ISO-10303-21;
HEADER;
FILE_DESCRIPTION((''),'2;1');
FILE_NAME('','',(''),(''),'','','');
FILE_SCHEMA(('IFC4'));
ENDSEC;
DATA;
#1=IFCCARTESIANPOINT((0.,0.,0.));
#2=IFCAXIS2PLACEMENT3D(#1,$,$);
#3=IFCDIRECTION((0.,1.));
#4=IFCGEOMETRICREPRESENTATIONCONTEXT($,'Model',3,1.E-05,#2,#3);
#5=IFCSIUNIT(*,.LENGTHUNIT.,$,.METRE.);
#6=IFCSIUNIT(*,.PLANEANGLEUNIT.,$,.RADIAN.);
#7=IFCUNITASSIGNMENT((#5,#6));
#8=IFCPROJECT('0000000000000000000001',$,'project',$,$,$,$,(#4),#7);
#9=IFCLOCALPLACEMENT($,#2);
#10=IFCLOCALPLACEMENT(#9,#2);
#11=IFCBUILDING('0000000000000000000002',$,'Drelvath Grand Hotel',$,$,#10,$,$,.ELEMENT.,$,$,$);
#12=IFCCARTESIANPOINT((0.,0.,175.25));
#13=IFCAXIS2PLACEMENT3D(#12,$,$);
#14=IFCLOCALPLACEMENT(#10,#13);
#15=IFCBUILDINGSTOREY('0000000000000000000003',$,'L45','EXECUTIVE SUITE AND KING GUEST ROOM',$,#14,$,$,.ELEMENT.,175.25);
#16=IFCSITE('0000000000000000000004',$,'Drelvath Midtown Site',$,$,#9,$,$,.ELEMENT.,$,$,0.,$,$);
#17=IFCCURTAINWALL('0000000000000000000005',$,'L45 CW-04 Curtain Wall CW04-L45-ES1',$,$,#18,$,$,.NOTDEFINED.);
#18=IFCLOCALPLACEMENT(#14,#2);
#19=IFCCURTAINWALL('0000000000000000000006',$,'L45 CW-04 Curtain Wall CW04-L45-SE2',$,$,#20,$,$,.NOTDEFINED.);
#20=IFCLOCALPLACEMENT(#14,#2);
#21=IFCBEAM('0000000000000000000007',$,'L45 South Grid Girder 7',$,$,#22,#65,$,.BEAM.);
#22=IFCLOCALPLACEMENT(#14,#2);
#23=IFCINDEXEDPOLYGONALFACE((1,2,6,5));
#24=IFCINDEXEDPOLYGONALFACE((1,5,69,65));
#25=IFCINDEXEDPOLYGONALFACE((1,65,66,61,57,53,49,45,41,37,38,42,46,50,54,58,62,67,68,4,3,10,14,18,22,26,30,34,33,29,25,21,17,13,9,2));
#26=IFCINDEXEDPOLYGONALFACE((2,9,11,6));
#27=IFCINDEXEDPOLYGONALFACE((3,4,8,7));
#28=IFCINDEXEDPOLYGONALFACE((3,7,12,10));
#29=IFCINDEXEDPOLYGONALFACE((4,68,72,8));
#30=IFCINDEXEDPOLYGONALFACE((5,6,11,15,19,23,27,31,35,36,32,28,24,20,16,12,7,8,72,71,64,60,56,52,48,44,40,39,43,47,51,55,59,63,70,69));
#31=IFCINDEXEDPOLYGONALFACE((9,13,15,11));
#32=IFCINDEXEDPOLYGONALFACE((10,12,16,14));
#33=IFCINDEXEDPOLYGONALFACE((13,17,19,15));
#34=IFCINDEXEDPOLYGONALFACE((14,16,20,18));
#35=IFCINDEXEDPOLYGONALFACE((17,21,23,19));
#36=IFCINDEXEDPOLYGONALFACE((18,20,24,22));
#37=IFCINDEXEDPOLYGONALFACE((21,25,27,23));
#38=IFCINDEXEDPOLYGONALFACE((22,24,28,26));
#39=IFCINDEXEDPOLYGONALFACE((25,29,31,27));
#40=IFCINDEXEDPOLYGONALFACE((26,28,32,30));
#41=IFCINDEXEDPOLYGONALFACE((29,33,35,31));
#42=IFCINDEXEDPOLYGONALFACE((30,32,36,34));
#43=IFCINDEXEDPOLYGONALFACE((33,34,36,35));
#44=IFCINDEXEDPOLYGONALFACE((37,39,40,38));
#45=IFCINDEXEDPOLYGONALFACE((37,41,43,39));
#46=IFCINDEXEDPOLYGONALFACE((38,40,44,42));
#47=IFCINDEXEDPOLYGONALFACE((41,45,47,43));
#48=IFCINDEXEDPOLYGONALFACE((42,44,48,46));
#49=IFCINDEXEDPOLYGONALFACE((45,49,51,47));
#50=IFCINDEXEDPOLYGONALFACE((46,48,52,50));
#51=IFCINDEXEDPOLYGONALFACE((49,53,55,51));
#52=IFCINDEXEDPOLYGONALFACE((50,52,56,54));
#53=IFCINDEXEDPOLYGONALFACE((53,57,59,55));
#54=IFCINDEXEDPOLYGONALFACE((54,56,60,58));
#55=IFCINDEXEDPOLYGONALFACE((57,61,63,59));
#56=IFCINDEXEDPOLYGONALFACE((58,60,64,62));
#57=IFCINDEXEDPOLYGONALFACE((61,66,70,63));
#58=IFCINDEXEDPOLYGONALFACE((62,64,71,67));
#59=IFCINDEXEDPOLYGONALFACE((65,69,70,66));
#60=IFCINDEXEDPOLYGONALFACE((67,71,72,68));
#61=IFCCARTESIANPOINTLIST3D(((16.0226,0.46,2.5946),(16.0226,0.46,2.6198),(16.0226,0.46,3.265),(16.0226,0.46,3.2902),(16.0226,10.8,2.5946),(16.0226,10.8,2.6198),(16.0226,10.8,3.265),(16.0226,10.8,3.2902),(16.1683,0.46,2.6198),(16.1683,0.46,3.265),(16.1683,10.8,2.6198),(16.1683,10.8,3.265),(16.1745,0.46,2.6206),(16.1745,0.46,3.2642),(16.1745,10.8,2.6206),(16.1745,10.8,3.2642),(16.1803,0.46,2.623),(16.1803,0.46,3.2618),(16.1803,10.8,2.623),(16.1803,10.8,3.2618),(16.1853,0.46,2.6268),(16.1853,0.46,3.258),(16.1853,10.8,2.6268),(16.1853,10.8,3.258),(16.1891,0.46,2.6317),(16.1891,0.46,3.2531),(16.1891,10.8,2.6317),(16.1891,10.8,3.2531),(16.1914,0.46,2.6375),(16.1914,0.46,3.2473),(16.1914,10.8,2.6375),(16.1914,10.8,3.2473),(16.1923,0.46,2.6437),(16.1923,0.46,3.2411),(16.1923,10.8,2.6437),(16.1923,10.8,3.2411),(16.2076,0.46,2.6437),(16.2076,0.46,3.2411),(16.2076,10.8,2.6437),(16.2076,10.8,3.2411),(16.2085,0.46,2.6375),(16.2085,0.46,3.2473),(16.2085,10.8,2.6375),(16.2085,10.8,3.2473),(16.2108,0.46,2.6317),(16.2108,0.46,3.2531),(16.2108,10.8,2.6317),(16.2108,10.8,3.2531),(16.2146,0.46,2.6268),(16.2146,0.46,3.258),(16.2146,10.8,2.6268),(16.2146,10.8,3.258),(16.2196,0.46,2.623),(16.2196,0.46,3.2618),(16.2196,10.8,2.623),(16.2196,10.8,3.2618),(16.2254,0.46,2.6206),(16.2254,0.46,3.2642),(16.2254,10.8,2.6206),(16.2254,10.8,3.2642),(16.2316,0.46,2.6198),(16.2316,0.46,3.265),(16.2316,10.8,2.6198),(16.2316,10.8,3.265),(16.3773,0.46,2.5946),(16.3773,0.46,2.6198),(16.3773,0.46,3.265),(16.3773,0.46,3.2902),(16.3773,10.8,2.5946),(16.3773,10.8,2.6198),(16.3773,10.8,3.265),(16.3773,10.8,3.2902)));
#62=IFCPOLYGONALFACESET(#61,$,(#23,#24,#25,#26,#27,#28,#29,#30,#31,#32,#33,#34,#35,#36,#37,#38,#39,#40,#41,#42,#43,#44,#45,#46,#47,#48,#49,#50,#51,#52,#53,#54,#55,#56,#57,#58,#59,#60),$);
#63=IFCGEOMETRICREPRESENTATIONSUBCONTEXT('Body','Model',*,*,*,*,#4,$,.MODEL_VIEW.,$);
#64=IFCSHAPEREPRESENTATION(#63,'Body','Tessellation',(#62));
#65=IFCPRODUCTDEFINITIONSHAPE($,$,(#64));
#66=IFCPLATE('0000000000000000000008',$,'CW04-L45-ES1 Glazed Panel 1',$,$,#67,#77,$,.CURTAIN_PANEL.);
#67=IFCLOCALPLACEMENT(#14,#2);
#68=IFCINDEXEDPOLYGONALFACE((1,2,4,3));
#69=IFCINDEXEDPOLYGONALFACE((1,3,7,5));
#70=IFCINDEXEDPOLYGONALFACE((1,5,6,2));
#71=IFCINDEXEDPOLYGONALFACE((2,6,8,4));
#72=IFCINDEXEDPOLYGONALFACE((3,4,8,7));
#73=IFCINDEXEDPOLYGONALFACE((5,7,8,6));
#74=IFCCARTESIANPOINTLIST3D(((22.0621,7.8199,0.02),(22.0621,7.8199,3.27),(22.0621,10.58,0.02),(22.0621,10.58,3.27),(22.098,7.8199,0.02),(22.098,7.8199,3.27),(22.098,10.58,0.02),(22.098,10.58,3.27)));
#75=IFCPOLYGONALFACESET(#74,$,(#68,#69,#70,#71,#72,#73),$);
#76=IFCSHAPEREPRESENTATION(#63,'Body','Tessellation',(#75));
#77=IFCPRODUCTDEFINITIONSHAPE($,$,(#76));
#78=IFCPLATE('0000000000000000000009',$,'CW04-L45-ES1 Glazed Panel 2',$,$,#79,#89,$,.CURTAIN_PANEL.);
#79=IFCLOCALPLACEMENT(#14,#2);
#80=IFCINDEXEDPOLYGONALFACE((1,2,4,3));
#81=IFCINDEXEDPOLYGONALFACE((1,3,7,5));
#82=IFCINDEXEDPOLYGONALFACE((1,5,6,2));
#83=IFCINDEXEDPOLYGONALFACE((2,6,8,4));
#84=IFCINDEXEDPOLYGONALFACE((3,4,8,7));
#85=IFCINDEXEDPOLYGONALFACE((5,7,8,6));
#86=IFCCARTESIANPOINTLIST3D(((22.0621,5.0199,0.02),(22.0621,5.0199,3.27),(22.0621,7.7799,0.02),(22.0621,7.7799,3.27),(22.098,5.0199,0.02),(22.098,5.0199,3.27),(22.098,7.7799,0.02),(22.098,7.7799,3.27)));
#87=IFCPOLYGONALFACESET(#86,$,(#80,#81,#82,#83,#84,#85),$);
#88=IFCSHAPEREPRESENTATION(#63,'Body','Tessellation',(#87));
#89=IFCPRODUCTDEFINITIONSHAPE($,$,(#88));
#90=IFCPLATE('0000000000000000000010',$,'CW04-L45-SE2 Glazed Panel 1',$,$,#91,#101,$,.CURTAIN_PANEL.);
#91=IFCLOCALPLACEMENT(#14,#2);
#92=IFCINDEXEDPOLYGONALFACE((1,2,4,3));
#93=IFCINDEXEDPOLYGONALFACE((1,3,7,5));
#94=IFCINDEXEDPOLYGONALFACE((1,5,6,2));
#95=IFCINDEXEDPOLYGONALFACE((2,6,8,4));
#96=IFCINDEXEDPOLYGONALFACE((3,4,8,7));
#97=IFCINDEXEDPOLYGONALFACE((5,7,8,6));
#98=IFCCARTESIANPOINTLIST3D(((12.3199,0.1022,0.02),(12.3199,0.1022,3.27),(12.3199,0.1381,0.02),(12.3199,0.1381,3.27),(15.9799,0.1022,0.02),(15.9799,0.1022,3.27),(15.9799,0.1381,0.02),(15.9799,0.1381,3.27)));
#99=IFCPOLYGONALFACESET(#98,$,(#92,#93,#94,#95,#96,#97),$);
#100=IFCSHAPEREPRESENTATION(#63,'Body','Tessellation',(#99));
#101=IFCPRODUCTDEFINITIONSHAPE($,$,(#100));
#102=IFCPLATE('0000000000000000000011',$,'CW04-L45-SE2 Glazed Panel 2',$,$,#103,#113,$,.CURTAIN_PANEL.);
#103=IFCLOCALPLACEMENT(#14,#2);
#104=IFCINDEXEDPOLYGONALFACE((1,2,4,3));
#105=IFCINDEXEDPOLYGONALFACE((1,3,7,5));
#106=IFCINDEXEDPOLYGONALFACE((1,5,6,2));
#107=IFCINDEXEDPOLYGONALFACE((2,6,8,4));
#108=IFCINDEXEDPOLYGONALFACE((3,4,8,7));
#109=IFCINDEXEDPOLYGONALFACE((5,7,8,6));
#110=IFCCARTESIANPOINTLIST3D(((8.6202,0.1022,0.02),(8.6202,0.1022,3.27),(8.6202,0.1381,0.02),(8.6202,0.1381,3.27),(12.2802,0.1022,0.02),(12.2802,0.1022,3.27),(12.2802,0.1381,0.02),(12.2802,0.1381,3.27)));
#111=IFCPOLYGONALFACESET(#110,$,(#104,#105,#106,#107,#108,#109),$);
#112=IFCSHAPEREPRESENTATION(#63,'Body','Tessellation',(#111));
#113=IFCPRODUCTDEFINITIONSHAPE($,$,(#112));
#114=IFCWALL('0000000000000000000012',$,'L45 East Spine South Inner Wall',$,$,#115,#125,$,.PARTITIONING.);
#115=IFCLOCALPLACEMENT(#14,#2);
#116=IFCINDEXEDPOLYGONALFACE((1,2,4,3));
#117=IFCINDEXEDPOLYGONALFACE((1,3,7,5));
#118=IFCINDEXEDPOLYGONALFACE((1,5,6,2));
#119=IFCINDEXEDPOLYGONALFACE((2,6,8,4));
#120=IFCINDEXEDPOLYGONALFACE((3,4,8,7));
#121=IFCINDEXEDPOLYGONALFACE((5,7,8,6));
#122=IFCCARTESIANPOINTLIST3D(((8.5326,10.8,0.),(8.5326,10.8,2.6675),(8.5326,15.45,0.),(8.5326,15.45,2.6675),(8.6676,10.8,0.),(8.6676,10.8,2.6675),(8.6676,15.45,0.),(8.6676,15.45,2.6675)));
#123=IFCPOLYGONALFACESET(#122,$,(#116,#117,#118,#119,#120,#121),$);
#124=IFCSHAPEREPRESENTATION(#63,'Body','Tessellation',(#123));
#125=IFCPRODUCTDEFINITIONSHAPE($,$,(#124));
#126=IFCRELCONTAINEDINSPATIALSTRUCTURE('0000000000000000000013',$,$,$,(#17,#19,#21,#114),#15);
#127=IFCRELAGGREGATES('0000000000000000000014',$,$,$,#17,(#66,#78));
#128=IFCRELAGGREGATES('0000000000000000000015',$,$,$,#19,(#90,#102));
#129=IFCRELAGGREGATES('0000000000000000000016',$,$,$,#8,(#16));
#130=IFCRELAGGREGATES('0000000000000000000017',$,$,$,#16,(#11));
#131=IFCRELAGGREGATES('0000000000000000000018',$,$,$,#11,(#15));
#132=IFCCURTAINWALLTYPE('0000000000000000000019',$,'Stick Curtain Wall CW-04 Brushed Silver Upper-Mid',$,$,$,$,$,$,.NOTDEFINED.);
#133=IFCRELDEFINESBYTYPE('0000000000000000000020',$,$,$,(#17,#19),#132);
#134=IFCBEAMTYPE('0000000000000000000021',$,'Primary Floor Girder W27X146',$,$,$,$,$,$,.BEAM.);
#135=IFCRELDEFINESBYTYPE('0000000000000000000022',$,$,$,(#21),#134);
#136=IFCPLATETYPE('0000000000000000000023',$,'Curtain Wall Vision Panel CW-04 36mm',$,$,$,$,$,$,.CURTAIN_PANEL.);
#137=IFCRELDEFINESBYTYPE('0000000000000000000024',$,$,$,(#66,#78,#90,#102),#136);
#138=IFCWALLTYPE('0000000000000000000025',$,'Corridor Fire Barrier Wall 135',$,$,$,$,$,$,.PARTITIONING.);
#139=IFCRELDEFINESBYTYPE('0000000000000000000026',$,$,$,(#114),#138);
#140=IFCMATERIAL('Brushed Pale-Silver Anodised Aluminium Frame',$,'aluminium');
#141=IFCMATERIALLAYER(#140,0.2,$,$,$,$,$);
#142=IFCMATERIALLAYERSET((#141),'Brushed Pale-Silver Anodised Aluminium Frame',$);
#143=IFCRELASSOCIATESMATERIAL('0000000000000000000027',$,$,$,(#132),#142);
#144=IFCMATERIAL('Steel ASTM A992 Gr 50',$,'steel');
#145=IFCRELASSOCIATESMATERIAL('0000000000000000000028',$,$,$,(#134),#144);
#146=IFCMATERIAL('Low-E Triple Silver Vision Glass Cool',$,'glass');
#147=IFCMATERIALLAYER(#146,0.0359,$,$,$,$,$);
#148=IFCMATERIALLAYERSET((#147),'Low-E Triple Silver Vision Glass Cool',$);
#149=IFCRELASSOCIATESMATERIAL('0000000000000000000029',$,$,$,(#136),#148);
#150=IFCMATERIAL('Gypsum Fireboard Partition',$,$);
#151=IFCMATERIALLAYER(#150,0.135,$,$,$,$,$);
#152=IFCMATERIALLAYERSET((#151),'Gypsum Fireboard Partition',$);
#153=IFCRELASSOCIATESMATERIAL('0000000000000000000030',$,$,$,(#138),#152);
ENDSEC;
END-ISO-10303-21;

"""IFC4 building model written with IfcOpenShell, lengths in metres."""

from ifc_helpers import new_model, si_unit, direction, frame, frame_2d, origin, origin_2d, place, context, subcontext, project, spatial, rectangle, i_section, extrude, material, layer, layer_set, material_profile, profile_set, type_object, element, aggregate, save


model = new_model("IFC4")

# Units and contexts
model_context = context("Model", 3, precision=1e-05, world=origin(), true_north=direction((0.0, 1.0)))
body_context = subcontext(model_context, "Body", "Model", "MODEL_VIEW")
ifc_project = project(units=[si_unit("LENGTHUNIT", "METRE"), si_unit("PLANEANGLEUNIT", "RADIAN")], contexts=[model_context])

# Site, building, storey
site_placement = place(None, origin())
site = spatial("IfcSite", under=ifc_project, at=site_placement, Name="Drelvath Midtown Site", CompositionType="ELEMENT", RefElevation=0.0)
building_placement = place(site_placement, origin())
building = spatial("IfcBuilding", under=site, at=building_placement, Name="Drelvath Grand Hotel", CompositionType="ELEMENT")
storey_placement = place(building_placement, frame((0.0, 0.0, 175.25)))
storey = spatial("IfcBuildingStorey", under=building, at=storey_placement, Name="L45", Description="EXECUTIVE SUITE AND KING GUEST ROOM", CompositionType="ELEMENT", Elevation=175.25)

# Curtain walls
ifc_material_1 = material(Name="Brushed Pale-Silver Anodised Aluminium Frame", Category="aluminium")
ifc_layer_1 = layer(ifc_material_1, 0.2)
ifc_layer_set_1 = layer_set([ifc_layer_1], Name="Brushed Pale-Silver Anodised Aluminium Frame")
curtain_wall_type = type_object("IfcCurtainWallType", Name="Stick Curtain Wall CW-04 Brushed Silver Upper-Mid", PredefinedType="NOTDEFINED", material=ifc_layer_set_1)
curtain_wall_1_placement = place(storey_placement, origin())
curtain_wall_1 = element("IfcCurtainWall", 1, at=curtain_wall_1_placement, inside=storey, type_object=curtain_wall_type, Name="L45 CW-04 Curtain Wall CW04-L45-ES1", PredefinedType="NOTDEFINED")
curtain_wall_2_placement = place(storey_placement, origin())
curtain_wall_2 = element("IfcCurtainWall", 2, at=curtain_wall_2_placement, inside=storey, type_object=curtain_wall_type, Name="L45 CW-04 Curtain Wall CW04-L45-SE2", PredefinedType="NOTDEFINED")

# Beam
ifc_material_2 = material(Name="Steel ASTM A992 Gr 50", Category="steel")
ifc_material_profile_1 = material_profile(ifc_material_2, i_section(OverallWidth=0.3547, OverallDepth=0.6956, WebThickness=0.0154, FlangeThickness=0.0251, FilletRadius=0.0239, at=origin_2d()), Name="W27X146")
ifc_profile_set_1 = profile_set([ifc_material_profile_1], Name="Steel ASTM A992 Gr 50")
beam_type = type_object("IfcBeamType", Name="Primary Floor Girder W27X146", PredefinedType="BEAM", material=ifc_profile_set_1)
beam_placement = place(storey_placement, frame((16.2, 0.46, 2.9424), z_axis=(0.0, 1.0, 0.0), x_axis=(-1.0, 0.0, 0.0)))
element("IfcBeam", 3, at=beam_placement, inside=storey, type_object=beam_type, Name="L45 South Grid Girder 7", PredefinedType="BEAM", context=body_context, shape_type="SweptSolid", body=[
    extrude(i_section(OverallWidth=0.3547, OverallDepth=0.6956, WebThickness=0.0154, FlangeThickness=0.0251, FilletRadius=0.0239, at=origin_2d()), origin(), (0.0, 0.0, 1.0), 10.3401),
])

# Plates
ifc_material_3 = material(Name="Low-E Triple Silver Vision Glass Cool", Category="glass")
ifc_layer_2 = layer(ifc_material_3, 0.0359)
ifc_layer_set_2 = layer_set([ifc_layer_2], Name="Low-E Triple Silver Vision Glass Cool")
plate_type = type_object("IfcPlateType", Name="Curtain Wall Vision Panel CW-04 36mm", PredefinedType="CURTAIN_PANEL", material=ifc_layer_set_2)
plate_1_placement = place(storey_placement, frame((22.0801, 9.2, 0.02), z_axis=(0.0, 0.0, 1.0), x_axis=(0.0, -1.0, 0.0)))
plate_1 = element("IfcPlate", 4, at=plate_1_placement, type_object=plate_type, Name="CW04-L45-ES1 Glazed Panel 1", PredefinedType="CURTAIN_PANEL", context=body_context, shape_type="SweptSolid", body=[
    extrude(rectangle(XDim=2.76, YDim=0.0359, at=origin_2d()), origin(), (0.0, 0.0, 1.0), 3.25),
])
plate_2_placement = place(storey_placement, frame((22.0801, 6.3999, 0.02), z_axis=(0.0, 0.0, 1.0), x_axis=(0.0, -1.0, 0.0)))
plate_2 = element("IfcPlate", 5, at=plate_2_placement, type_object=plate_type, Name="CW04-L45-ES1 Glazed Panel 2", PredefinedType="CURTAIN_PANEL", context=body_context, shape_type="SweptSolid", body=[
    extrude(rectangle(XDim=2.76, YDim=0.0359, at=origin_2d()), origin(), (0.0, 0.0, 1.0), 3.25),
])
aggregate(curtain_wall_1, [plate_1, plate_2])
plate_3_placement = place(storey_placement, frame((14.1499, 0.1201, 0.02), z_axis=(0.0, 0.0, 1.0), x_axis=(-1.0, 0.0, 0.0)))
plate_3 = element("IfcPlate", 6, at=plate_3_placement, type_object=plate_type, Name="CW04-L45-SE2 Glazed Panel 1", PredefinedType="CURTAIN_PANEL", context=body_context, shape_type="SweptSolid", body=[
    extrude(rectangle(XDim=3.6599, YDim=0.0359, at=origin_2d()), origin(), (0.0, 0.0, 1.0), 3.25),
])
plate_4_placement = place(storey_placement, frame((10.4502, 0.1201, 0.02), z_axis=(0.0, 0.0, 1.0), x_axis=(-1.0, 0.0, 0.0)))
plate_4 = element("IfcPlate", 7, at=plate_4_placement, type_object=plate_type, Name="CW04-L45-SE2 Glazed Panel 2", PredefinedType="CURTAIN_PANEL", context=body_context, shape_type="SweptSolid", body=[
    extrude(rectangle(XDim=3.6599, YDim=0.0359, at=origin_2d()), origin(), (0.0, 0.0, 1.0), 3.25),
])
aggregate(curtain_wall_2, [plate_3, plate_4])

# Wall
ifc_material_4 = material(Name="Gypsum Fireboard Partition")
ifc_layer_3 = layer(ifc_material_4, 0.135)
ifc_layer_set_3 = layer_set([ifc_layer_3], Name="Gypsum Fireboard Partition")
wall_type_1 = type_object("IfcWallType", Name="Corridor Fire Barrier Wall 135", PredefinedType="PARTITIONING", material=ifc_layer_set_3)
wall_1_placement = place(storey_placement, frame((8.6001, 10.8, 0.0), z_axis=(0.0, 0.0, 1.0), x_axis=(0.0, 1.0, 0.0)))
element("IfcWall", 8, at=wall_1_placement, inside=storey, type_object=wall_type_1, Name="L45 East Spine South Inner Wall", PredefinedType="PARTITIONING", context=body_context, shape_type="SweptSolid", body=[
    extrude(rectangle(XDim=4.6499, YDim=0.135, at=frame_2d((2.325, 0.0))), origin(), (0.0, 0.0, 1.0), 2.6675),
])

save(model, "model.ifc")
